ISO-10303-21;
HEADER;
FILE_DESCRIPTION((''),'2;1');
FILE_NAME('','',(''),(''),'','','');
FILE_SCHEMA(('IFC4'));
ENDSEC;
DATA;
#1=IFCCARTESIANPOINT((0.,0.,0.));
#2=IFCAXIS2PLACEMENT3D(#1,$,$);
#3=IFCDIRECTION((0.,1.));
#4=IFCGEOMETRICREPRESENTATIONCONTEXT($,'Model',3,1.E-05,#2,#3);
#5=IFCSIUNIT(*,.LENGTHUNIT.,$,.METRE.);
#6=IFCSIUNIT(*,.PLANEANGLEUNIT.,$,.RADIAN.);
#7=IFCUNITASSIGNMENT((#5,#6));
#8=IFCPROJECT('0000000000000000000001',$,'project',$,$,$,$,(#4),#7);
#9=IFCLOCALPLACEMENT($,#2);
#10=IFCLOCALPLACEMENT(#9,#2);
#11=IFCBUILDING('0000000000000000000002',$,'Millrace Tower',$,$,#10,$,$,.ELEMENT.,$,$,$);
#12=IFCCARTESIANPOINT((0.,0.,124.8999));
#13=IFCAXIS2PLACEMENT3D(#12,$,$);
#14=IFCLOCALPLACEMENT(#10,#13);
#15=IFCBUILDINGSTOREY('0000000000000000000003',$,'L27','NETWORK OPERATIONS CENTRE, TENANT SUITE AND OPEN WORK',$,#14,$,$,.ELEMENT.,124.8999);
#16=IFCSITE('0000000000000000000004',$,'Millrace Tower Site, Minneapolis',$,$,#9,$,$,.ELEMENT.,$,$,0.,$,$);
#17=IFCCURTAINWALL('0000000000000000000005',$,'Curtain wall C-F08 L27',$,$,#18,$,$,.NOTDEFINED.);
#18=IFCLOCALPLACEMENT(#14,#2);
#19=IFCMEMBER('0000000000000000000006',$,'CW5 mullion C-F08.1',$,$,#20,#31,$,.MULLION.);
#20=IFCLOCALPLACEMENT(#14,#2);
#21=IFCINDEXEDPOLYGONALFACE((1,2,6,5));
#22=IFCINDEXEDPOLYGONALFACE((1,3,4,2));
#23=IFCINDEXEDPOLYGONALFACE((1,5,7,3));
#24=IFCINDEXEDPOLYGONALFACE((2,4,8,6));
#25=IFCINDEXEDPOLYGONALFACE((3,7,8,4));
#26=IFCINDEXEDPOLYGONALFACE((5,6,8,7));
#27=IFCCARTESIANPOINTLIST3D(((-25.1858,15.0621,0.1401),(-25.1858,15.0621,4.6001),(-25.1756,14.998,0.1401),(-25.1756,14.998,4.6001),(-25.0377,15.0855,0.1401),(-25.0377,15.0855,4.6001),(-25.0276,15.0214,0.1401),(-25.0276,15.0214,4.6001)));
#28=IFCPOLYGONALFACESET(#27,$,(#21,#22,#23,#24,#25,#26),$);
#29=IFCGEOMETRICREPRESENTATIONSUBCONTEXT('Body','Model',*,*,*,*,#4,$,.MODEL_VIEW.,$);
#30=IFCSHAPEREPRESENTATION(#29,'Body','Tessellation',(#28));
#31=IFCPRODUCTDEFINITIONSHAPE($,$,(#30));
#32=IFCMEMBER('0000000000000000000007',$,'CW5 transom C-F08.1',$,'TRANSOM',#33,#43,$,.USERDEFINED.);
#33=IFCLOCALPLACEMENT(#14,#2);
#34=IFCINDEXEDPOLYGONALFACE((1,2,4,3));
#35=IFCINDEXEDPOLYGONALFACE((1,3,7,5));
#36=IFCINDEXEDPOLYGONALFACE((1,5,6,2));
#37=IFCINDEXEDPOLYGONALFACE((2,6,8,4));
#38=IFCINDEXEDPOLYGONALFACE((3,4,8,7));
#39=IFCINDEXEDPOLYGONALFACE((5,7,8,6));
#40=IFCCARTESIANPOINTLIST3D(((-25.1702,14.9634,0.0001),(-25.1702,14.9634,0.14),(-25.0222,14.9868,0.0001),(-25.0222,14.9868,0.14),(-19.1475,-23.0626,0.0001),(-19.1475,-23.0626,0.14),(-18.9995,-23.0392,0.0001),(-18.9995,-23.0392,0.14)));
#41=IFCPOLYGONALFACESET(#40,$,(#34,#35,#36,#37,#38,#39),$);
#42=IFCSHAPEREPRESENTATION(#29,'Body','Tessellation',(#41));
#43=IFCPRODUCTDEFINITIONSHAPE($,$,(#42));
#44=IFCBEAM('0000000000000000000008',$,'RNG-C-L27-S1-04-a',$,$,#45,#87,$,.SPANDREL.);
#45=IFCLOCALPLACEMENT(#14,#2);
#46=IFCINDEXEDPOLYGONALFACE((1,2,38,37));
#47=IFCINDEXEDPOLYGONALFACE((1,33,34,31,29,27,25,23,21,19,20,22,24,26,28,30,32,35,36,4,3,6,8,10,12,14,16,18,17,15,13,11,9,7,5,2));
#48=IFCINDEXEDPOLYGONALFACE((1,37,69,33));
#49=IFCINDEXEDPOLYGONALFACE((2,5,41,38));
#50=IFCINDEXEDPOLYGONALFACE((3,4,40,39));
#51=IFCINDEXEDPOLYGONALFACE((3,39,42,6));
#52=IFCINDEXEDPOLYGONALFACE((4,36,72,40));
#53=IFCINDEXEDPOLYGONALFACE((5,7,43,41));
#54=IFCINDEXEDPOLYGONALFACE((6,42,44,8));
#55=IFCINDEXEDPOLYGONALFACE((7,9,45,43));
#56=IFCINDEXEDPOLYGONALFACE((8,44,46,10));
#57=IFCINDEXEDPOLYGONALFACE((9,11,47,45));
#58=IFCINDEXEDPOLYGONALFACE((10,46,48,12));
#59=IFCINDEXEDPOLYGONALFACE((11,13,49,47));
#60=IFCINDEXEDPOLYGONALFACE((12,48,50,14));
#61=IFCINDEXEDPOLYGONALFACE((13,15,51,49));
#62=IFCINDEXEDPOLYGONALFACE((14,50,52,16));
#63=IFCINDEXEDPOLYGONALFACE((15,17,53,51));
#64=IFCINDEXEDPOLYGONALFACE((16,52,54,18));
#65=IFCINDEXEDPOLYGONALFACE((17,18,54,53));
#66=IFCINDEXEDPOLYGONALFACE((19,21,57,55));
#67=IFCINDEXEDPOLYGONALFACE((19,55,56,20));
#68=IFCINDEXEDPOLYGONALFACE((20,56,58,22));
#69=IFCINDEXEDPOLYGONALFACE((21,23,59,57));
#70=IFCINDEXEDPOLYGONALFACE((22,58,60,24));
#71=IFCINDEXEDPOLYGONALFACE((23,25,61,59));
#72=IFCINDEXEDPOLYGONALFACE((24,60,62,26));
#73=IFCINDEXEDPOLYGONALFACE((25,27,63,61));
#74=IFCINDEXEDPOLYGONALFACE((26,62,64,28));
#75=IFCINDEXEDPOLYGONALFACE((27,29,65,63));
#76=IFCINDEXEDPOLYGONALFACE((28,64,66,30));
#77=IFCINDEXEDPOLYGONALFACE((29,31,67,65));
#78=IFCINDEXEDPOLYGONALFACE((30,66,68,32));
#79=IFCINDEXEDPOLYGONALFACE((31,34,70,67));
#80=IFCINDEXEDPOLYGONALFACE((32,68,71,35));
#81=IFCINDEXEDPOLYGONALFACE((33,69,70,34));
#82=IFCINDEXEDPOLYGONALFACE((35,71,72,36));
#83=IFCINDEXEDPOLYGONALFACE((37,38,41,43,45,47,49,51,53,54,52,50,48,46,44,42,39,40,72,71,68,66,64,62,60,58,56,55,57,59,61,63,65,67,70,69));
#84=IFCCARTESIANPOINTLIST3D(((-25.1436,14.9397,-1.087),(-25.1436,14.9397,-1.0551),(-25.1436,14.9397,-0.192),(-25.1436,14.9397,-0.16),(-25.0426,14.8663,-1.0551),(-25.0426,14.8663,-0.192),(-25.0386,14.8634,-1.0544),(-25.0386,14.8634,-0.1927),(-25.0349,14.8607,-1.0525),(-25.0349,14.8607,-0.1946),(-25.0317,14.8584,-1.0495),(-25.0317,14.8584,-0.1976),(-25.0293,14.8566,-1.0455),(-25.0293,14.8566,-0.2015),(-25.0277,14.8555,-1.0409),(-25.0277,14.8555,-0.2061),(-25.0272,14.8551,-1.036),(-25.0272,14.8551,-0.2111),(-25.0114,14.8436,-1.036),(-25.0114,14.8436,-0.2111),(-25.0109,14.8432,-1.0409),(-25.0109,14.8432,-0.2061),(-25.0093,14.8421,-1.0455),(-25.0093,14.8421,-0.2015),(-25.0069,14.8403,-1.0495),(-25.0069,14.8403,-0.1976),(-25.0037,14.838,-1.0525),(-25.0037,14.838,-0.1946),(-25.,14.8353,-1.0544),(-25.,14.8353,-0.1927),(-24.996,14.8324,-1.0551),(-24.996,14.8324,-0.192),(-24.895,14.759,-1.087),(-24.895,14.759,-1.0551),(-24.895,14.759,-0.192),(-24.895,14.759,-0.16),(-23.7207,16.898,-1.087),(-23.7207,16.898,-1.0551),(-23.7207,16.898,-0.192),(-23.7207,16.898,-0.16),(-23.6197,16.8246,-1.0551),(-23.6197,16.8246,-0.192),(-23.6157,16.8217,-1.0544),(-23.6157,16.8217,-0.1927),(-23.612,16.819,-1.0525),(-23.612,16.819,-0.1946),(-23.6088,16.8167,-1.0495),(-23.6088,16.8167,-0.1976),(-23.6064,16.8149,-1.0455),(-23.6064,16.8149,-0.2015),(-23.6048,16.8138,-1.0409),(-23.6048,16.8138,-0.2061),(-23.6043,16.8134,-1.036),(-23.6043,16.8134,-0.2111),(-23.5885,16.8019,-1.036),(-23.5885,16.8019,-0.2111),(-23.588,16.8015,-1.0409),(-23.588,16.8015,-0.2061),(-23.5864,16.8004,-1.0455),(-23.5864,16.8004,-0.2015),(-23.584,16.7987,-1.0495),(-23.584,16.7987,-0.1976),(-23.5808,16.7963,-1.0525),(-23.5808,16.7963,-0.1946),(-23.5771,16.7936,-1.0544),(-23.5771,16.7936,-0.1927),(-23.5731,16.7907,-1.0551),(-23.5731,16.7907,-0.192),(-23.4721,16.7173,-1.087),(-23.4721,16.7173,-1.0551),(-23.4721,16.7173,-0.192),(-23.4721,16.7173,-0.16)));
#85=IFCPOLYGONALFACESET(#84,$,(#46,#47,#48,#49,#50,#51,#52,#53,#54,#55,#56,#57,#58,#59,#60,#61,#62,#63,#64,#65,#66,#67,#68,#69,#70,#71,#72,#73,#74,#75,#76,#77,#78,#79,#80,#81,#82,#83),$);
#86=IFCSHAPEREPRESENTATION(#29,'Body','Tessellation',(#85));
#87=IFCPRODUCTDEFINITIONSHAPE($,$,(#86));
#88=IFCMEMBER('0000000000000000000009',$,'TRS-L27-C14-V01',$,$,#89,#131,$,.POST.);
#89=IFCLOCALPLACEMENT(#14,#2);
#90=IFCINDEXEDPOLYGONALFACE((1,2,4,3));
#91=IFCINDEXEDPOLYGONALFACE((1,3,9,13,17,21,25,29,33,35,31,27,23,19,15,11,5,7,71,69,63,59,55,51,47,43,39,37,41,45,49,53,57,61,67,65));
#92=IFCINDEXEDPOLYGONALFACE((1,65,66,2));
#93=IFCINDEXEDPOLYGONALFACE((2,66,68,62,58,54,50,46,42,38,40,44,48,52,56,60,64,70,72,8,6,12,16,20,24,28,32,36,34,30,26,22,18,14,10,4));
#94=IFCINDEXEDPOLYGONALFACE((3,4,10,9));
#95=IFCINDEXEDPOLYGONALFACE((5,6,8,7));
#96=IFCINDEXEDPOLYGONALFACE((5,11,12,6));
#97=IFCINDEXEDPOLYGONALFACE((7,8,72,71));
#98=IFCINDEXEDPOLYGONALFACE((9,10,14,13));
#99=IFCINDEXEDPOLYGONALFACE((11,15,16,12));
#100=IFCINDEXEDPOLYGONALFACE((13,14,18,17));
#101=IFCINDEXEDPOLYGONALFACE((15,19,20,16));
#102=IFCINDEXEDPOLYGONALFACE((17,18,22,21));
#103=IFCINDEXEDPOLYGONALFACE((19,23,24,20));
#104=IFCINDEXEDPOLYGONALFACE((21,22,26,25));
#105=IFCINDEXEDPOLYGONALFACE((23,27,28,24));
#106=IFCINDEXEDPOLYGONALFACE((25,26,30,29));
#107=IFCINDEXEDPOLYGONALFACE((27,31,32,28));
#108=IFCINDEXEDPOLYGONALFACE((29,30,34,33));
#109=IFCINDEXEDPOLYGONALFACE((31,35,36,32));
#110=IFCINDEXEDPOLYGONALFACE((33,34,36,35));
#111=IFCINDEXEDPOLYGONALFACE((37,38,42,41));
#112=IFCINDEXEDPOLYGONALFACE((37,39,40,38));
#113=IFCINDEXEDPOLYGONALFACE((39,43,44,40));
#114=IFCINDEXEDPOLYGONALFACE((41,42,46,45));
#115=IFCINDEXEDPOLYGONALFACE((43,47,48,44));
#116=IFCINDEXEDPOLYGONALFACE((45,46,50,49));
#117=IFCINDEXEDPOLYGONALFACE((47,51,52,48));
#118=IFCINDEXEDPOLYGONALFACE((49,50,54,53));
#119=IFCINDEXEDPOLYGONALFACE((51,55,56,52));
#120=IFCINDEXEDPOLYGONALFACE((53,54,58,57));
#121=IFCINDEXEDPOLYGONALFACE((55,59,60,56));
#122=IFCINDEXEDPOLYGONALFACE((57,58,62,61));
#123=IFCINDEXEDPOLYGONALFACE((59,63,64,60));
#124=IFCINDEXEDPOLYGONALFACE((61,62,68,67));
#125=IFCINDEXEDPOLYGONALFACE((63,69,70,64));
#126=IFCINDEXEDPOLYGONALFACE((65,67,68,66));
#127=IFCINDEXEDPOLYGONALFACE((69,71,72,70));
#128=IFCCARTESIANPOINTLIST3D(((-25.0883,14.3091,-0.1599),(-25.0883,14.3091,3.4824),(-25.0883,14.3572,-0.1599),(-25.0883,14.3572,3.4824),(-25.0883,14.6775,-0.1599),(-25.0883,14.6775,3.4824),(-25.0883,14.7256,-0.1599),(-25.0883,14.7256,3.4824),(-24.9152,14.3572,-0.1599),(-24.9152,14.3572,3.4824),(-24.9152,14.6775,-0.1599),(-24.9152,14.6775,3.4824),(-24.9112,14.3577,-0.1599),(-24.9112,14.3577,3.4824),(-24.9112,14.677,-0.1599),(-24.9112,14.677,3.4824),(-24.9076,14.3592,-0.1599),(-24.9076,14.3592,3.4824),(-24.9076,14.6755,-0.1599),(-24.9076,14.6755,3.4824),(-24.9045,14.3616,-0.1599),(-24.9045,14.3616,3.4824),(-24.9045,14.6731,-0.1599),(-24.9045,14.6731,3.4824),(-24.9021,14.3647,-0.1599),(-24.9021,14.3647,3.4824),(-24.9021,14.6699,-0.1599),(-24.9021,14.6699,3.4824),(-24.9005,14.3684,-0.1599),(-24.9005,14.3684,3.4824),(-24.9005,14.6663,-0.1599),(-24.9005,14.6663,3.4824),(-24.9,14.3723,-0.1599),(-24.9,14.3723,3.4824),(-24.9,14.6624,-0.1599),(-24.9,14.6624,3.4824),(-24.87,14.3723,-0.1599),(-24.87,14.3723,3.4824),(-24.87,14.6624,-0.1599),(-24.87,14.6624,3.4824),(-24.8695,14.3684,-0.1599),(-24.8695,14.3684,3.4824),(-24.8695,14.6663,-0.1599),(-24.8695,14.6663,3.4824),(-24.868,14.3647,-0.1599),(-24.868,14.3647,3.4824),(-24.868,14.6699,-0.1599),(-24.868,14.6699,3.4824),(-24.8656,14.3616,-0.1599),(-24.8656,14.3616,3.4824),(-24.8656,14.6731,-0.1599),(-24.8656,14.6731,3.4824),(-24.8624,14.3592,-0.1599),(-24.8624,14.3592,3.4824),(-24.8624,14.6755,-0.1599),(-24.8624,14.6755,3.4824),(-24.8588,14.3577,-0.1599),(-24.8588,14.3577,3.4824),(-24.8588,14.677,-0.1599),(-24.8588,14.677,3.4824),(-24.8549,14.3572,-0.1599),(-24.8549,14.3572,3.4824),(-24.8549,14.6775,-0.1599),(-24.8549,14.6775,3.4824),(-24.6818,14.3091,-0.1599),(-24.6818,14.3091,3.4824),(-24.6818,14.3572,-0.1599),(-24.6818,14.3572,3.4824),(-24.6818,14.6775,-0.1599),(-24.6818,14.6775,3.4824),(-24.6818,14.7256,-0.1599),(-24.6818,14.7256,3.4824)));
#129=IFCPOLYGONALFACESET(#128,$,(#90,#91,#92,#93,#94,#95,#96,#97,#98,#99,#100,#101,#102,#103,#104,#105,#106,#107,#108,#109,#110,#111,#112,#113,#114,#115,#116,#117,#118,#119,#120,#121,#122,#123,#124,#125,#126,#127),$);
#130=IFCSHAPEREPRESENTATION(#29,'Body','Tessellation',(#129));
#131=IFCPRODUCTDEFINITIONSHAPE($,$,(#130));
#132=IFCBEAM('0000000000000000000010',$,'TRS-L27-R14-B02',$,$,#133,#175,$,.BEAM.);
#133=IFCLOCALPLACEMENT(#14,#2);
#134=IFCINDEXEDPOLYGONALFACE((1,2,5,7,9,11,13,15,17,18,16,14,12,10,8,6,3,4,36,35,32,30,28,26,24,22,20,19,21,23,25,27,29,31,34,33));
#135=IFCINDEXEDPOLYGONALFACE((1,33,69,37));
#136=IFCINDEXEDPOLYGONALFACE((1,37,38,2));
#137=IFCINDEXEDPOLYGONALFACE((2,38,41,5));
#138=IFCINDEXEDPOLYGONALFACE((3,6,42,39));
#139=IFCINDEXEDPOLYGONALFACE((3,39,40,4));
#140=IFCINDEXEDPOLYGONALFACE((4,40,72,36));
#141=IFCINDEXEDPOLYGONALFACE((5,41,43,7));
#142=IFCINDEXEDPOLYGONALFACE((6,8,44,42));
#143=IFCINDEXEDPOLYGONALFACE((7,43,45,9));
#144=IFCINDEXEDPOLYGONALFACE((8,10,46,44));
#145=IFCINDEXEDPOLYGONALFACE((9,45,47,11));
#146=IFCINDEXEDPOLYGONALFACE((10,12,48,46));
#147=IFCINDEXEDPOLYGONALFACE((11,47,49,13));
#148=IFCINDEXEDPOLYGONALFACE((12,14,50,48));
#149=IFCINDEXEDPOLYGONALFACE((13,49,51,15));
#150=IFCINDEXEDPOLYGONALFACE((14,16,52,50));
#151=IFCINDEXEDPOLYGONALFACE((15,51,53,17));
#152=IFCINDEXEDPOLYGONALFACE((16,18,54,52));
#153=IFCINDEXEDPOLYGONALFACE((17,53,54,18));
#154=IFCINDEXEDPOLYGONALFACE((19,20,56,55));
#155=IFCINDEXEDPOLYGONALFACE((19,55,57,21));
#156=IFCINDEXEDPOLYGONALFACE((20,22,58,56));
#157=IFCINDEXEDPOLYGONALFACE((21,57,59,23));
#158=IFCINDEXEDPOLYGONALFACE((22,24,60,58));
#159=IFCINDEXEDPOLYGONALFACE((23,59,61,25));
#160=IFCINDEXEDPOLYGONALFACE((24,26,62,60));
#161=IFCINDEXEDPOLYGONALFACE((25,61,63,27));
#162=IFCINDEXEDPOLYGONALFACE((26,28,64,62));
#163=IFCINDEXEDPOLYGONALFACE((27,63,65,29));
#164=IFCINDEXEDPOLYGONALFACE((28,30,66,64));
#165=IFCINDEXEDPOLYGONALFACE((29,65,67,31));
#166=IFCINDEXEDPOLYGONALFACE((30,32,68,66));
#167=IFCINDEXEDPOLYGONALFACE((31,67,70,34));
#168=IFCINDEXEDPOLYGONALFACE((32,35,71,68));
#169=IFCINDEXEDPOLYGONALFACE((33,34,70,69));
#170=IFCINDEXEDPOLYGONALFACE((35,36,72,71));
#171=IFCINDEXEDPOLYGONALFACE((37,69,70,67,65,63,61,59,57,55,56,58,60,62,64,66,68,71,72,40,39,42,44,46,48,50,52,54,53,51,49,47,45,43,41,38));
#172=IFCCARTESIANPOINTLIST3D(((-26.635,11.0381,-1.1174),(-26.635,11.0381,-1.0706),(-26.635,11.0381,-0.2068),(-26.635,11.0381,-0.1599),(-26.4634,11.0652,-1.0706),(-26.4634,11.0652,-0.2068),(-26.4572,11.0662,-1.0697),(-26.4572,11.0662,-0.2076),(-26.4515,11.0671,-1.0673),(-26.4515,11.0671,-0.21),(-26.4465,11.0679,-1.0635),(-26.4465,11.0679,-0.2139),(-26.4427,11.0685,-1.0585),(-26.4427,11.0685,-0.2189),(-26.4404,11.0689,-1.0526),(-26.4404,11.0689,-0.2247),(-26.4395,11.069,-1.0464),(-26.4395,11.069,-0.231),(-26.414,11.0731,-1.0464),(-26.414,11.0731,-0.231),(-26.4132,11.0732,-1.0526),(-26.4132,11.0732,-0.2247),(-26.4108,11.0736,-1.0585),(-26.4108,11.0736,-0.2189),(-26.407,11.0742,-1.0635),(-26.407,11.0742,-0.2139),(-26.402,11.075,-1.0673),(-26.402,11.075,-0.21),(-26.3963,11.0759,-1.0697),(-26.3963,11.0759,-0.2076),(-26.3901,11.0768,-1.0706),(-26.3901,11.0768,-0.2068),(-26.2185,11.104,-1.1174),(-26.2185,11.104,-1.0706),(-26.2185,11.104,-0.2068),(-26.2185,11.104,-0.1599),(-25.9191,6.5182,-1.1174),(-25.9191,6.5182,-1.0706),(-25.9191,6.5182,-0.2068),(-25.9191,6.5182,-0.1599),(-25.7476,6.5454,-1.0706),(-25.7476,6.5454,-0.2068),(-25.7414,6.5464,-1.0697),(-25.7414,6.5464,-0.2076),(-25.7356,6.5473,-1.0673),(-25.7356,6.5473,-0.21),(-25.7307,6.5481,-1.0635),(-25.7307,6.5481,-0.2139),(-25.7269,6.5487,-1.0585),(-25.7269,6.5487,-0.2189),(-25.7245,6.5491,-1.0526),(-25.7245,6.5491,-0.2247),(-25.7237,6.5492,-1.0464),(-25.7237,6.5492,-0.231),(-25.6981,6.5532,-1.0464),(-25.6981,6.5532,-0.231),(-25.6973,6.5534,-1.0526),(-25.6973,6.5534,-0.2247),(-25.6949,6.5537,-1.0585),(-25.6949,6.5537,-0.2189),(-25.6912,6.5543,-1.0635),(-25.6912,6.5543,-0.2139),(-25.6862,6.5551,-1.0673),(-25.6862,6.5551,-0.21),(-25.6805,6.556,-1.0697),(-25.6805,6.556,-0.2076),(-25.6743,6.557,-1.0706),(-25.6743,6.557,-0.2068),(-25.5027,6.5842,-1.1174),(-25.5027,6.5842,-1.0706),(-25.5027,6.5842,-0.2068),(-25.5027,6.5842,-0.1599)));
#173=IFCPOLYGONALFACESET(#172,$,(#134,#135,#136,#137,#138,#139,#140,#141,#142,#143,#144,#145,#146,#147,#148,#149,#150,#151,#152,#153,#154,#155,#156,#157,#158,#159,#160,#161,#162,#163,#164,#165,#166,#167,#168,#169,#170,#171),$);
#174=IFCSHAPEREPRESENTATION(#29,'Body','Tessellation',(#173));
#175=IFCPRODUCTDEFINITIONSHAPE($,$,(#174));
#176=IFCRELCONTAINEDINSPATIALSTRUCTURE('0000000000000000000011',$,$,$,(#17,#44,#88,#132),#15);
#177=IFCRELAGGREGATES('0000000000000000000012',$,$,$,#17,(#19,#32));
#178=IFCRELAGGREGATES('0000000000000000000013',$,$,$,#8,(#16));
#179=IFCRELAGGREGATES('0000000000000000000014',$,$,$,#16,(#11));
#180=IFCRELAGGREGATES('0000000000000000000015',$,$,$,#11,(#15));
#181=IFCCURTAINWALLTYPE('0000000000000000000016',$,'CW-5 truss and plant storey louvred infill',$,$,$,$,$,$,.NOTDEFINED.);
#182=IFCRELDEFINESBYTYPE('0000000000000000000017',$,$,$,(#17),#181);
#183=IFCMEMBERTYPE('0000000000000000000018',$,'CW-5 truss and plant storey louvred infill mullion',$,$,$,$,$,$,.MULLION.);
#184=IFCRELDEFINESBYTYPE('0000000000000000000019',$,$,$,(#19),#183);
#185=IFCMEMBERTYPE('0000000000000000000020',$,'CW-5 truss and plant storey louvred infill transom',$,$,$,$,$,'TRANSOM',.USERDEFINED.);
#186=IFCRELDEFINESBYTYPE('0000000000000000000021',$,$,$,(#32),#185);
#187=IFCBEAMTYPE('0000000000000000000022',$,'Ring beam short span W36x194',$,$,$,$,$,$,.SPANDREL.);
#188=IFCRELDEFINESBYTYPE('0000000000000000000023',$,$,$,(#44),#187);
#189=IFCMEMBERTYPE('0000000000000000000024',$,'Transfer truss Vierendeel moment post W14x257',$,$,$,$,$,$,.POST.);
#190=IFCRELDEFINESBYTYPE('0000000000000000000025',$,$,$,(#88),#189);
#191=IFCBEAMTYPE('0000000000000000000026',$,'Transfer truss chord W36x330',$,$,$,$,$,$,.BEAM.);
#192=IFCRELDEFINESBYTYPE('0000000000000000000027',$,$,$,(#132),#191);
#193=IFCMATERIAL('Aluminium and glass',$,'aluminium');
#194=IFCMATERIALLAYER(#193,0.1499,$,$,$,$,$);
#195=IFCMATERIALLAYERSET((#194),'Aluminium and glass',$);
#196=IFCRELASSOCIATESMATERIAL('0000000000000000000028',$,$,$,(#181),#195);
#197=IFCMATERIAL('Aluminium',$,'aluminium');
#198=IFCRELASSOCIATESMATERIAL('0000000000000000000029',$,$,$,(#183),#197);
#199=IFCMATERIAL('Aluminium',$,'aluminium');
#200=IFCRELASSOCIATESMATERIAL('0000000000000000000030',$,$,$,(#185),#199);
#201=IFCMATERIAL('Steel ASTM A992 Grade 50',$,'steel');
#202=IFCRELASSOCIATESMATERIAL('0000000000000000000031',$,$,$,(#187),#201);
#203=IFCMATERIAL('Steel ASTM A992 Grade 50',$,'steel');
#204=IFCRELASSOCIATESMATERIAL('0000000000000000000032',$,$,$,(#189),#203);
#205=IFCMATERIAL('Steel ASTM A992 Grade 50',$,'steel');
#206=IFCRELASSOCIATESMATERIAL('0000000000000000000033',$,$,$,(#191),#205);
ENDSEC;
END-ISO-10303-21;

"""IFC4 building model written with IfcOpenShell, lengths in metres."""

from ifc_helpers import new_model, si_unit, direction, frame, origin, origin_2d, place, context, subcontext, project, spatial, rectangle, i_section, extrude, material, layer, layer_set, material_profile, profile_set, type_object, element, aggregate, save


model = new_model("IFC4")

# Units and contexts
model_context = context("Model", 3, precision=1e-05, world=origin(), true_north=direction((0.0, 1.0)))
body_context = subcontext(model_context, "Body", "Model", "MODEL_VIEW")
ifc_project = project(units=[si_unit("LENGTHUNIT", "METRE"), si_unit("PLANEANGLEUNIT", "RADIAN")], contexts=[model_context])

# Site, building, storey
site_placement = place(None, origin())
site = spatial("IfcSite", under=ifc_project, at=site_placement, Name="Millrace Tower Site, Minneapolis", CompositionType="ELEMENT", RefElevation=0.0)
building_placement = place(site_placement, origin())
building = spatial("IfcBuilding", under=site, at=building_placement, Name="Millrace Tower", CompositionType="ELEMENT")
storey_placement = place(building_placement, frame((0.0, 0.0, 124.8999)))
storey = spatial("IfcBuildingStorey", under=building, at=storey_placement, Name="L27", Description="NETWORK OPERATIONS CENTRE, TENANT SUITE AND OPEN WORK", CompositionType="ELEMENT", Elevation=124.8999)

# Curtain wall, members
ifc_material_1 = material(Name="Aluminium and glass", Category="aluminium")
ifc_layer_1 = layer(ifc_material_1, 0.1499)
ifc_layer_set_1 = layer_set([ifc_layer_1], Name="Aluminium and glass")
curtain_wall_type = type_object("IfcCurtainWallType", Name="CW-5 truss and plant storey louvred infill", PredefinedType="NOTDEFINED", material=ifc_layer_set_1)
curtain_wall_placement = place(storey_placement, origin())
curtain_wall = element("IfcCurtainWall", 1, at=curtain_wall_placement, inside=storey, type_object=curtain_wall_type, Name="Curtain wall C-F08 L27", PredefinedType="NOTDEFINED")
ifc_material_2 = material(Name="Aluminium", Category="aluminium")
ifc_material_profile_1 = material_profile(ifc_material_2, rectangle(XDim=0.0649, YDim=0.1499, at=origin_2d()))
ifc_profile_set_1 = profile_set([ifc_material_profile_1], Name="Aluminium")
member_type_1 = type_object("IfcMemberType", Name="CW-5 truss and plant storey louvred infill mullion", PredefinedType="MULLION", material=ifc_profile_set_1)
member_1_placement = place(storey_placement, frame((-25.1067, 15.0417, 0.1401), z_axis=(0.0, 0.0, 1.0), x_axis=(0.156434, -0.987688, 0.0)))
member_1 = element("IfcMember", 2, at=member_1_placement, type_object=member_type_1, Name="CW5 mullion C-F08.1", PredefinedType="MULLION", context=body_context, shape_type="SweptSolid", body=[
    extrude(rectangle(XDim=0.0649, YDim=0.1499, at=origin_2d()), origin(), (0.0, 0.0, 1.0), 4.46),
])
ifc_material_3 = material(Name="Aluminium", Category="aluminium")
ifc_material_profile_2 = material_profile(ifc_material_3, rectangle(XDim=0.1499, YDim=0.1399, at=origin_2d()))
ifc_profile_set_2 = profile_set([ifc_material_profile_2], Name="Aluminium")
member_type_2 = type_object("IfcMemberType", Name="CW-5 truss and plant storey louvred infill transom", ElementType="TRANSOM", PredefinedType="USERDEFINED", material=ifc_profile_set_2)
member_2_placement = place(storey_placement, frame((-25.0962, 14.9751, 0.0701), z_axis=(0.156433, -0.987689, 0.0), x_axis=(0.987689, 0.156433, 0.0)))
member_2 = element("IfcMember", 3, at=member_2_placement, type_object=member_type_2, Name="CW5 transom C-F08.1", ObjectType="TRANSOM", PredefinedType="USERDEFINED", context=body_context, shape_type="SweptSolid", body=[
    extrude(rectangle(XDim=0.1499, YDim=0.1399, at=origin_2d()), origin(), (0.0, 0.0, 1.0), 38.5),
])
aggregate(curtain_wall, [member_1, member_2])

# Beam
ifc_material_4 = material(Name="Steel ASTM A992 Grade 50", Category="steel")
ifc_material_profile_3 = material_profile(ifc_material_4, i_section(OverallWidth=0.3074, OverallDepth=0.927, WebThickness=0.0195, FlangeThickness=0.032, FilletRadius=0.019, at=origin_2d()))
ifc_profile_set_3 = profile_set([ifc_material_profile_3], Name="Steel ASTM A992 Grade 50")
beam_type_1 = type_object("IfcBeamType", Name="Ring beam short span W36x194", PredefinedType="SPANDREL", material=ifc_profile_set_3)
beam_placement = place(storey_placement, frame((-25.0193, 14.8494, -0.6235), z_axis=(0.587812, 0.808998, 0.0), x_axis=(-0.808998, 0.587812, 0.0)))
element("IfcBeam", 4, at=beam_placement, inside=storey, type_object=beam_type_1, Name="RNG-C-L27-S1-04-a", PredefinedType="SPANDREL", context=body_context, shape_type="SweptSolid", body=[
    extrude(i_section(OverallWidth=0.3074, OverallDepth=0.927, WebThickness=0.0195, FlangeThickness=0.032, FilletRadius=0.019, at=origin_2d()), origin(), (0.0, 0.0, 1.0), 2.4207),
])

# Member
ifc_material_5 = material(Name="Steel ASTM A992 Grade 50", Category="steel")
ifc_material_profile_4 = material_profile(ifc_material_5, i_section(OverallWidth=0.4065, OverallDepth=0.4165, WebThickness=0.03, FlangeThickness=0.0481, FilletRadius=0.0151, at=origin_2d()))
ifc_profile_set_4 = profile_set([ifc_material_profile_4], Name="Steel ASTM A992 Grade 50")
member_type_3 = type_object("IfcMemberType", Name="Transfer truss Vierendeel moment post W14x257", PredefinedType="POST", material=ifc_profile_set_4)
member_3_placement = place(storey_placement, frame((-24.885, 14.5173, -0.1599), z_axis=(0.0, 0.0, 1.0), x_axis=(1.0, 0.0, 0.0)))
element("IfcMember", 5, at=member_3_placement, inside=storey, type_object=member_type_3, Name="TRS-L27-C14-V01", PredefinedType="POST", context=body_context, shape_type="SweptSolid", body=[
    extrude(i_section(OverallWidth=0.4065, OverallDepth=0.4165, WebThickness=0.03, FlangeThickness=0.0481, FilletRadius=0.0151, at=origin_2d()), origin(), (0.0, 0.0, 1.0), 3.6423),
])

# Beam
ifc_material_6 = material(Name="Steel ASTM A992 Grade 50", Category="steel")
ifc_material_profile_5 = material_profile(ifc_material_6, i_section(OverallWidth=0.4216, OverallDepth=0.9575, WebThickness=0.0259, FlangeThickness=0.0469, FilletRadius=0.0242, at=origin_2d()))
ifc_profile_set_5 = profile_set([ifc_material_profile_5], Name="Steel ASTM A992 Grade 50")
beam_type_2 = type_object("IfcBeamType", Name="Transfer truss chord W36x330", PredefinedType="BEAM", material=ifc_profile_set_5)
for number, where, z_axis, x_axis, name in (
    (6, (-26.4268, 11.071, -0.6387), (0.156426, -0.98769, 0.0), (0.98769, 0.156426, 0.0), "TRS-L27-R14-B02"),
):
    element("IfcBeam", number, at=place(storey_placement, frame(where, z_axis=z_axis, x_axis=x_axis)), inside=storey, type_object=beam_type_2, Name=name, PredefinedType="BEAM", context=body_context, shape_type="SweptSolid", body=[
        extrude(i_section(OverallWidth=0.4216, OverallDepth=0.9575, WebThickness=0.0259, FlangeThickness=0.0469, FilletRadius=0.0242, at=origin_2d()), origin(), (0.0, 0.0, 1.0), 4.5762),
    ])

save(model, "model.ifc")
